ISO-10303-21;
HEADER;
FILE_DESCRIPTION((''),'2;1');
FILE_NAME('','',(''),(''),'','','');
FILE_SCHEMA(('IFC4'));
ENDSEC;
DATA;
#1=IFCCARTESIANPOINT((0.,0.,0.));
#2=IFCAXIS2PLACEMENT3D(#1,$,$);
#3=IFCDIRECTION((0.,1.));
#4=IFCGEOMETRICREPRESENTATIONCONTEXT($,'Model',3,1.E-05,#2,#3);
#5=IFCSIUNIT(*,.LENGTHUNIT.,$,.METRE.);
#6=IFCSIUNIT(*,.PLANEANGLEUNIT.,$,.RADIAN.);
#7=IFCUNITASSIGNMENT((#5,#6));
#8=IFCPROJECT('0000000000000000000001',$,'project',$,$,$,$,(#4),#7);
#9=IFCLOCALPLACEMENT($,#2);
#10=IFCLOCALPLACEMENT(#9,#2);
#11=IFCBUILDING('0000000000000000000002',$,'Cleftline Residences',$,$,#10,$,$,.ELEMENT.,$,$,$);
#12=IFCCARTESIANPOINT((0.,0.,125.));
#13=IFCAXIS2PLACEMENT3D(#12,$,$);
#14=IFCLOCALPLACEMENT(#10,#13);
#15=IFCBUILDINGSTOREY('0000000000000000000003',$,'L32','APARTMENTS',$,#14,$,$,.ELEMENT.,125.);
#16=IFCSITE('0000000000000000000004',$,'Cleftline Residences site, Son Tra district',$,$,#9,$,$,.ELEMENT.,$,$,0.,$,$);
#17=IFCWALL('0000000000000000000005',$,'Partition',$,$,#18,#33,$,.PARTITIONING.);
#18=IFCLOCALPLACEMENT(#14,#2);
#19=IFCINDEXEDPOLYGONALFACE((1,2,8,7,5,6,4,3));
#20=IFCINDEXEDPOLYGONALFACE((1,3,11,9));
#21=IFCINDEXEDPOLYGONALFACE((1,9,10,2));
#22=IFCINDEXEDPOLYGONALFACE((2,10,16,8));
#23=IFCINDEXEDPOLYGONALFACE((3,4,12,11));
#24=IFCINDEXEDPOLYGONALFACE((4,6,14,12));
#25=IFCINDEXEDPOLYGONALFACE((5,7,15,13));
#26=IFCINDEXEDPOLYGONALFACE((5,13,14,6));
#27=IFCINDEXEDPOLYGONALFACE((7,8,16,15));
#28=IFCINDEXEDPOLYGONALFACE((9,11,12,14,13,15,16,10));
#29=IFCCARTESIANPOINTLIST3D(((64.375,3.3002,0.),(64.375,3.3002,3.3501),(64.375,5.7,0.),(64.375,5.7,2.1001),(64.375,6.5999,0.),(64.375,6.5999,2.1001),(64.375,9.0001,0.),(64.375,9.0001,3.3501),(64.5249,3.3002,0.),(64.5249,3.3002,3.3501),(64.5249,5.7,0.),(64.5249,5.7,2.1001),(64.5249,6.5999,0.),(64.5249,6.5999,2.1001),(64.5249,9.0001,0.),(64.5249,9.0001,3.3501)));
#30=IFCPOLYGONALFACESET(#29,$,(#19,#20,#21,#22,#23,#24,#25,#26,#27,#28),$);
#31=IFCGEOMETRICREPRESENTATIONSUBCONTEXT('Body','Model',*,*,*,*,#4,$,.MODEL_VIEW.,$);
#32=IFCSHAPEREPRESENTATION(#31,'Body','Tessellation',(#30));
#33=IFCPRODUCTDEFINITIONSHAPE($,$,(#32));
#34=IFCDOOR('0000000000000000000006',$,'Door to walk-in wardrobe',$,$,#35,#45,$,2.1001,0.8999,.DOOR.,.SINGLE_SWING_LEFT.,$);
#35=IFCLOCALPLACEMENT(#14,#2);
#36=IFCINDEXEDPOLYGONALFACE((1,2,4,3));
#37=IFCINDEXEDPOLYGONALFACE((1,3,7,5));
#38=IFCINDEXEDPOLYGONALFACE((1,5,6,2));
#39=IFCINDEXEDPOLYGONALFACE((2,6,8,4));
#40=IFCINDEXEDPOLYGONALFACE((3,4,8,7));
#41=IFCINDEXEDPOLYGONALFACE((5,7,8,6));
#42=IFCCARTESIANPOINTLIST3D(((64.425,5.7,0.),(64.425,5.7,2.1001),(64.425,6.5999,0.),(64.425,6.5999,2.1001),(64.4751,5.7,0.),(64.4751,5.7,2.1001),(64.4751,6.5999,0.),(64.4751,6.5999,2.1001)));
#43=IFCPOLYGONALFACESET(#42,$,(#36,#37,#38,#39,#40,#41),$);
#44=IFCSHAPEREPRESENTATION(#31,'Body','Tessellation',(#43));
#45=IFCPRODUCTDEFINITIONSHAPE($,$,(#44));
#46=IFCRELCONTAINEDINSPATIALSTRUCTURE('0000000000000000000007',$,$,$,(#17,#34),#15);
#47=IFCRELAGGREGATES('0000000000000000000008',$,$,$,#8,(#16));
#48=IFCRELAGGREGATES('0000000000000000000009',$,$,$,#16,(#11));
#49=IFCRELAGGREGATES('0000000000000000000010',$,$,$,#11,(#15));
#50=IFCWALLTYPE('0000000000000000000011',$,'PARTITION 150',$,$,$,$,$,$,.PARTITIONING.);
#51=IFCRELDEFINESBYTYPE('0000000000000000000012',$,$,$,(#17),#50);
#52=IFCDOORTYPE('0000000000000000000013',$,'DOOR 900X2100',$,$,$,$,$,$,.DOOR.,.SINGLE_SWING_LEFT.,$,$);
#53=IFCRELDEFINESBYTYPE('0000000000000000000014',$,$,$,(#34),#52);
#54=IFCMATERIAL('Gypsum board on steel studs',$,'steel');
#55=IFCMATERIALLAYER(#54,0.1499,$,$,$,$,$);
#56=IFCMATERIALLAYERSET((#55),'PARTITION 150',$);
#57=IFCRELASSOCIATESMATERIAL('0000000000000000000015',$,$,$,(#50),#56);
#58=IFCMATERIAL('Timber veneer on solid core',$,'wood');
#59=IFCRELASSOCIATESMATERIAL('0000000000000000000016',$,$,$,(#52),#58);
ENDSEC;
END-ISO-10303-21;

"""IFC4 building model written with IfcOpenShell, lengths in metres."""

from ifc_helpers import new_model, si_unit, direction, frame, frame_2d, origin, place, context, subcontext, project, spatial, rectangle, extrude, material, layer, layer_set, type_object, element, fill, save


model = new_model("IFC4")

# Units and contexts
model_context = context("Model", 3, precision=1e-05, world=origin(), true_north=direction((0.0, 1.0)))
body_context = subcontext(model_context, "Body", "Model", "MODEL_VIEW")
ifc_project = project(units=[si_unit("LENGTHUNIT", "METRE"), si_unit("PLANEANGLEUNIT", "RADIAN")], contexts=[model_context])

# Site, building, storey
site_placement = place(None, origin())
site = spatial("IfcSite", under=ifc_project, at=site_placement, Name="Cleftline Residences site, Son Tra district", CompositionType="ELEMENT", RefElevation=0.0)
building_placement = place(site_placement, origin())
building = spatial("IfcBuilding", under=site, at=building_placement, Name="Cleftline Residences", CompositionType="ELEMENT")
storey_placement = place(building_placement, frame((0.0, 0.0, 125.0)))
storey = spatial("IfcBuildingStorey", under=building, at=storey_placement, Name="L32", Description="APARTMENTS", CompositionType="ELEMENT", Elevation=125.0)

# Wall, opening, door
ifc_material_1 = material(Name="Gypsum board on steel studs", Category="steel")
ifc_layer_1 = layer(ifc_material_1, 0.1499)
ifc_layer_set_1 = layer_set([ifc_layer_1], Name="PARTITION 150")
wall_type_1 = type_object("IfcWallType", Name="PARTITION 150", PredefinedType="PARTITIONING", material=ifc_layer_set_1)
wall_1_placement = place(storey_placement, frame((64.45, 3.3, 0.0), z_axis=(0.0, 0.0, 1.0), x_axis=(0.0, 1.0, 0.0)))
wall_1 = element("IfcWall", 1, at=wall_1_placement, inside=storey, type_object=wall_type_1, Name="Partition", PredefinedType="PARTITIONING", context=body_context, shape_type="SweptSolid", body=[
    extrude(rectangle(XDim=5.7, YDim=0.1499, at=frame_2d((2.8501, 0.0))), origin(), (0.0, 0.0, 1.0), 3.3501),
])
opening_1_placement = place(wall_1_placement, frame((2.3999, 0.0, 0.0)))
opening_1 = element("IfcOpeningElement", 2, at=opening_1_placement, cuts=wall_1, PredefinedType="OPENING", context=body_context, shape_type="SweptSolid", body=[
    extrude(rectangle(XDim=0.8999, YDim=2.1001, at=frame_2d((0.45, 1.05))), frame((0.0, 0.085, 0.0), z_axis=(0.0, -1.0, 0.0), x_axis=(1.0, 0.0, 0.0)), (0.0, 0.0, 1.0), 0.1699),
])
ifc_material_2 = material(Name="Timber veneer on solid core", Category="wood")
door_type = type_object("IfcDoorType", Name="DOOR 900X2100", OperationType="SINGLE_SWING_LEFT", PredefinedType="DOOR", material=ifc_material_2)
door_placement = place(opening_1_placement, origin())
door = element("IfcDoor", 3, at=door_placement, inside=storey, type_object=door_type, Name="Door to walk-in wardrobe", OperationType="SINGLE_SWING_LEFT", OverallHeight=2.1001, OverallWidth=0.8999, PredefinedType="DOOR", context=body_context, shape_type="SweptSolid", body=[
    extrude(rectangle(XDim=0.8999, YDim=2.1001, at=frame_2d((0.45, 1.05))), frame((0.0, 0.0249, 0.0), z_axis=(0.0, -1.0, 0.0), x_axis=(1.0, 0.0, 0.0)), (0.0, 0.0, 1.0), 0.05),
])
fill(opening_1, door)

save(model, "model.ifc")
